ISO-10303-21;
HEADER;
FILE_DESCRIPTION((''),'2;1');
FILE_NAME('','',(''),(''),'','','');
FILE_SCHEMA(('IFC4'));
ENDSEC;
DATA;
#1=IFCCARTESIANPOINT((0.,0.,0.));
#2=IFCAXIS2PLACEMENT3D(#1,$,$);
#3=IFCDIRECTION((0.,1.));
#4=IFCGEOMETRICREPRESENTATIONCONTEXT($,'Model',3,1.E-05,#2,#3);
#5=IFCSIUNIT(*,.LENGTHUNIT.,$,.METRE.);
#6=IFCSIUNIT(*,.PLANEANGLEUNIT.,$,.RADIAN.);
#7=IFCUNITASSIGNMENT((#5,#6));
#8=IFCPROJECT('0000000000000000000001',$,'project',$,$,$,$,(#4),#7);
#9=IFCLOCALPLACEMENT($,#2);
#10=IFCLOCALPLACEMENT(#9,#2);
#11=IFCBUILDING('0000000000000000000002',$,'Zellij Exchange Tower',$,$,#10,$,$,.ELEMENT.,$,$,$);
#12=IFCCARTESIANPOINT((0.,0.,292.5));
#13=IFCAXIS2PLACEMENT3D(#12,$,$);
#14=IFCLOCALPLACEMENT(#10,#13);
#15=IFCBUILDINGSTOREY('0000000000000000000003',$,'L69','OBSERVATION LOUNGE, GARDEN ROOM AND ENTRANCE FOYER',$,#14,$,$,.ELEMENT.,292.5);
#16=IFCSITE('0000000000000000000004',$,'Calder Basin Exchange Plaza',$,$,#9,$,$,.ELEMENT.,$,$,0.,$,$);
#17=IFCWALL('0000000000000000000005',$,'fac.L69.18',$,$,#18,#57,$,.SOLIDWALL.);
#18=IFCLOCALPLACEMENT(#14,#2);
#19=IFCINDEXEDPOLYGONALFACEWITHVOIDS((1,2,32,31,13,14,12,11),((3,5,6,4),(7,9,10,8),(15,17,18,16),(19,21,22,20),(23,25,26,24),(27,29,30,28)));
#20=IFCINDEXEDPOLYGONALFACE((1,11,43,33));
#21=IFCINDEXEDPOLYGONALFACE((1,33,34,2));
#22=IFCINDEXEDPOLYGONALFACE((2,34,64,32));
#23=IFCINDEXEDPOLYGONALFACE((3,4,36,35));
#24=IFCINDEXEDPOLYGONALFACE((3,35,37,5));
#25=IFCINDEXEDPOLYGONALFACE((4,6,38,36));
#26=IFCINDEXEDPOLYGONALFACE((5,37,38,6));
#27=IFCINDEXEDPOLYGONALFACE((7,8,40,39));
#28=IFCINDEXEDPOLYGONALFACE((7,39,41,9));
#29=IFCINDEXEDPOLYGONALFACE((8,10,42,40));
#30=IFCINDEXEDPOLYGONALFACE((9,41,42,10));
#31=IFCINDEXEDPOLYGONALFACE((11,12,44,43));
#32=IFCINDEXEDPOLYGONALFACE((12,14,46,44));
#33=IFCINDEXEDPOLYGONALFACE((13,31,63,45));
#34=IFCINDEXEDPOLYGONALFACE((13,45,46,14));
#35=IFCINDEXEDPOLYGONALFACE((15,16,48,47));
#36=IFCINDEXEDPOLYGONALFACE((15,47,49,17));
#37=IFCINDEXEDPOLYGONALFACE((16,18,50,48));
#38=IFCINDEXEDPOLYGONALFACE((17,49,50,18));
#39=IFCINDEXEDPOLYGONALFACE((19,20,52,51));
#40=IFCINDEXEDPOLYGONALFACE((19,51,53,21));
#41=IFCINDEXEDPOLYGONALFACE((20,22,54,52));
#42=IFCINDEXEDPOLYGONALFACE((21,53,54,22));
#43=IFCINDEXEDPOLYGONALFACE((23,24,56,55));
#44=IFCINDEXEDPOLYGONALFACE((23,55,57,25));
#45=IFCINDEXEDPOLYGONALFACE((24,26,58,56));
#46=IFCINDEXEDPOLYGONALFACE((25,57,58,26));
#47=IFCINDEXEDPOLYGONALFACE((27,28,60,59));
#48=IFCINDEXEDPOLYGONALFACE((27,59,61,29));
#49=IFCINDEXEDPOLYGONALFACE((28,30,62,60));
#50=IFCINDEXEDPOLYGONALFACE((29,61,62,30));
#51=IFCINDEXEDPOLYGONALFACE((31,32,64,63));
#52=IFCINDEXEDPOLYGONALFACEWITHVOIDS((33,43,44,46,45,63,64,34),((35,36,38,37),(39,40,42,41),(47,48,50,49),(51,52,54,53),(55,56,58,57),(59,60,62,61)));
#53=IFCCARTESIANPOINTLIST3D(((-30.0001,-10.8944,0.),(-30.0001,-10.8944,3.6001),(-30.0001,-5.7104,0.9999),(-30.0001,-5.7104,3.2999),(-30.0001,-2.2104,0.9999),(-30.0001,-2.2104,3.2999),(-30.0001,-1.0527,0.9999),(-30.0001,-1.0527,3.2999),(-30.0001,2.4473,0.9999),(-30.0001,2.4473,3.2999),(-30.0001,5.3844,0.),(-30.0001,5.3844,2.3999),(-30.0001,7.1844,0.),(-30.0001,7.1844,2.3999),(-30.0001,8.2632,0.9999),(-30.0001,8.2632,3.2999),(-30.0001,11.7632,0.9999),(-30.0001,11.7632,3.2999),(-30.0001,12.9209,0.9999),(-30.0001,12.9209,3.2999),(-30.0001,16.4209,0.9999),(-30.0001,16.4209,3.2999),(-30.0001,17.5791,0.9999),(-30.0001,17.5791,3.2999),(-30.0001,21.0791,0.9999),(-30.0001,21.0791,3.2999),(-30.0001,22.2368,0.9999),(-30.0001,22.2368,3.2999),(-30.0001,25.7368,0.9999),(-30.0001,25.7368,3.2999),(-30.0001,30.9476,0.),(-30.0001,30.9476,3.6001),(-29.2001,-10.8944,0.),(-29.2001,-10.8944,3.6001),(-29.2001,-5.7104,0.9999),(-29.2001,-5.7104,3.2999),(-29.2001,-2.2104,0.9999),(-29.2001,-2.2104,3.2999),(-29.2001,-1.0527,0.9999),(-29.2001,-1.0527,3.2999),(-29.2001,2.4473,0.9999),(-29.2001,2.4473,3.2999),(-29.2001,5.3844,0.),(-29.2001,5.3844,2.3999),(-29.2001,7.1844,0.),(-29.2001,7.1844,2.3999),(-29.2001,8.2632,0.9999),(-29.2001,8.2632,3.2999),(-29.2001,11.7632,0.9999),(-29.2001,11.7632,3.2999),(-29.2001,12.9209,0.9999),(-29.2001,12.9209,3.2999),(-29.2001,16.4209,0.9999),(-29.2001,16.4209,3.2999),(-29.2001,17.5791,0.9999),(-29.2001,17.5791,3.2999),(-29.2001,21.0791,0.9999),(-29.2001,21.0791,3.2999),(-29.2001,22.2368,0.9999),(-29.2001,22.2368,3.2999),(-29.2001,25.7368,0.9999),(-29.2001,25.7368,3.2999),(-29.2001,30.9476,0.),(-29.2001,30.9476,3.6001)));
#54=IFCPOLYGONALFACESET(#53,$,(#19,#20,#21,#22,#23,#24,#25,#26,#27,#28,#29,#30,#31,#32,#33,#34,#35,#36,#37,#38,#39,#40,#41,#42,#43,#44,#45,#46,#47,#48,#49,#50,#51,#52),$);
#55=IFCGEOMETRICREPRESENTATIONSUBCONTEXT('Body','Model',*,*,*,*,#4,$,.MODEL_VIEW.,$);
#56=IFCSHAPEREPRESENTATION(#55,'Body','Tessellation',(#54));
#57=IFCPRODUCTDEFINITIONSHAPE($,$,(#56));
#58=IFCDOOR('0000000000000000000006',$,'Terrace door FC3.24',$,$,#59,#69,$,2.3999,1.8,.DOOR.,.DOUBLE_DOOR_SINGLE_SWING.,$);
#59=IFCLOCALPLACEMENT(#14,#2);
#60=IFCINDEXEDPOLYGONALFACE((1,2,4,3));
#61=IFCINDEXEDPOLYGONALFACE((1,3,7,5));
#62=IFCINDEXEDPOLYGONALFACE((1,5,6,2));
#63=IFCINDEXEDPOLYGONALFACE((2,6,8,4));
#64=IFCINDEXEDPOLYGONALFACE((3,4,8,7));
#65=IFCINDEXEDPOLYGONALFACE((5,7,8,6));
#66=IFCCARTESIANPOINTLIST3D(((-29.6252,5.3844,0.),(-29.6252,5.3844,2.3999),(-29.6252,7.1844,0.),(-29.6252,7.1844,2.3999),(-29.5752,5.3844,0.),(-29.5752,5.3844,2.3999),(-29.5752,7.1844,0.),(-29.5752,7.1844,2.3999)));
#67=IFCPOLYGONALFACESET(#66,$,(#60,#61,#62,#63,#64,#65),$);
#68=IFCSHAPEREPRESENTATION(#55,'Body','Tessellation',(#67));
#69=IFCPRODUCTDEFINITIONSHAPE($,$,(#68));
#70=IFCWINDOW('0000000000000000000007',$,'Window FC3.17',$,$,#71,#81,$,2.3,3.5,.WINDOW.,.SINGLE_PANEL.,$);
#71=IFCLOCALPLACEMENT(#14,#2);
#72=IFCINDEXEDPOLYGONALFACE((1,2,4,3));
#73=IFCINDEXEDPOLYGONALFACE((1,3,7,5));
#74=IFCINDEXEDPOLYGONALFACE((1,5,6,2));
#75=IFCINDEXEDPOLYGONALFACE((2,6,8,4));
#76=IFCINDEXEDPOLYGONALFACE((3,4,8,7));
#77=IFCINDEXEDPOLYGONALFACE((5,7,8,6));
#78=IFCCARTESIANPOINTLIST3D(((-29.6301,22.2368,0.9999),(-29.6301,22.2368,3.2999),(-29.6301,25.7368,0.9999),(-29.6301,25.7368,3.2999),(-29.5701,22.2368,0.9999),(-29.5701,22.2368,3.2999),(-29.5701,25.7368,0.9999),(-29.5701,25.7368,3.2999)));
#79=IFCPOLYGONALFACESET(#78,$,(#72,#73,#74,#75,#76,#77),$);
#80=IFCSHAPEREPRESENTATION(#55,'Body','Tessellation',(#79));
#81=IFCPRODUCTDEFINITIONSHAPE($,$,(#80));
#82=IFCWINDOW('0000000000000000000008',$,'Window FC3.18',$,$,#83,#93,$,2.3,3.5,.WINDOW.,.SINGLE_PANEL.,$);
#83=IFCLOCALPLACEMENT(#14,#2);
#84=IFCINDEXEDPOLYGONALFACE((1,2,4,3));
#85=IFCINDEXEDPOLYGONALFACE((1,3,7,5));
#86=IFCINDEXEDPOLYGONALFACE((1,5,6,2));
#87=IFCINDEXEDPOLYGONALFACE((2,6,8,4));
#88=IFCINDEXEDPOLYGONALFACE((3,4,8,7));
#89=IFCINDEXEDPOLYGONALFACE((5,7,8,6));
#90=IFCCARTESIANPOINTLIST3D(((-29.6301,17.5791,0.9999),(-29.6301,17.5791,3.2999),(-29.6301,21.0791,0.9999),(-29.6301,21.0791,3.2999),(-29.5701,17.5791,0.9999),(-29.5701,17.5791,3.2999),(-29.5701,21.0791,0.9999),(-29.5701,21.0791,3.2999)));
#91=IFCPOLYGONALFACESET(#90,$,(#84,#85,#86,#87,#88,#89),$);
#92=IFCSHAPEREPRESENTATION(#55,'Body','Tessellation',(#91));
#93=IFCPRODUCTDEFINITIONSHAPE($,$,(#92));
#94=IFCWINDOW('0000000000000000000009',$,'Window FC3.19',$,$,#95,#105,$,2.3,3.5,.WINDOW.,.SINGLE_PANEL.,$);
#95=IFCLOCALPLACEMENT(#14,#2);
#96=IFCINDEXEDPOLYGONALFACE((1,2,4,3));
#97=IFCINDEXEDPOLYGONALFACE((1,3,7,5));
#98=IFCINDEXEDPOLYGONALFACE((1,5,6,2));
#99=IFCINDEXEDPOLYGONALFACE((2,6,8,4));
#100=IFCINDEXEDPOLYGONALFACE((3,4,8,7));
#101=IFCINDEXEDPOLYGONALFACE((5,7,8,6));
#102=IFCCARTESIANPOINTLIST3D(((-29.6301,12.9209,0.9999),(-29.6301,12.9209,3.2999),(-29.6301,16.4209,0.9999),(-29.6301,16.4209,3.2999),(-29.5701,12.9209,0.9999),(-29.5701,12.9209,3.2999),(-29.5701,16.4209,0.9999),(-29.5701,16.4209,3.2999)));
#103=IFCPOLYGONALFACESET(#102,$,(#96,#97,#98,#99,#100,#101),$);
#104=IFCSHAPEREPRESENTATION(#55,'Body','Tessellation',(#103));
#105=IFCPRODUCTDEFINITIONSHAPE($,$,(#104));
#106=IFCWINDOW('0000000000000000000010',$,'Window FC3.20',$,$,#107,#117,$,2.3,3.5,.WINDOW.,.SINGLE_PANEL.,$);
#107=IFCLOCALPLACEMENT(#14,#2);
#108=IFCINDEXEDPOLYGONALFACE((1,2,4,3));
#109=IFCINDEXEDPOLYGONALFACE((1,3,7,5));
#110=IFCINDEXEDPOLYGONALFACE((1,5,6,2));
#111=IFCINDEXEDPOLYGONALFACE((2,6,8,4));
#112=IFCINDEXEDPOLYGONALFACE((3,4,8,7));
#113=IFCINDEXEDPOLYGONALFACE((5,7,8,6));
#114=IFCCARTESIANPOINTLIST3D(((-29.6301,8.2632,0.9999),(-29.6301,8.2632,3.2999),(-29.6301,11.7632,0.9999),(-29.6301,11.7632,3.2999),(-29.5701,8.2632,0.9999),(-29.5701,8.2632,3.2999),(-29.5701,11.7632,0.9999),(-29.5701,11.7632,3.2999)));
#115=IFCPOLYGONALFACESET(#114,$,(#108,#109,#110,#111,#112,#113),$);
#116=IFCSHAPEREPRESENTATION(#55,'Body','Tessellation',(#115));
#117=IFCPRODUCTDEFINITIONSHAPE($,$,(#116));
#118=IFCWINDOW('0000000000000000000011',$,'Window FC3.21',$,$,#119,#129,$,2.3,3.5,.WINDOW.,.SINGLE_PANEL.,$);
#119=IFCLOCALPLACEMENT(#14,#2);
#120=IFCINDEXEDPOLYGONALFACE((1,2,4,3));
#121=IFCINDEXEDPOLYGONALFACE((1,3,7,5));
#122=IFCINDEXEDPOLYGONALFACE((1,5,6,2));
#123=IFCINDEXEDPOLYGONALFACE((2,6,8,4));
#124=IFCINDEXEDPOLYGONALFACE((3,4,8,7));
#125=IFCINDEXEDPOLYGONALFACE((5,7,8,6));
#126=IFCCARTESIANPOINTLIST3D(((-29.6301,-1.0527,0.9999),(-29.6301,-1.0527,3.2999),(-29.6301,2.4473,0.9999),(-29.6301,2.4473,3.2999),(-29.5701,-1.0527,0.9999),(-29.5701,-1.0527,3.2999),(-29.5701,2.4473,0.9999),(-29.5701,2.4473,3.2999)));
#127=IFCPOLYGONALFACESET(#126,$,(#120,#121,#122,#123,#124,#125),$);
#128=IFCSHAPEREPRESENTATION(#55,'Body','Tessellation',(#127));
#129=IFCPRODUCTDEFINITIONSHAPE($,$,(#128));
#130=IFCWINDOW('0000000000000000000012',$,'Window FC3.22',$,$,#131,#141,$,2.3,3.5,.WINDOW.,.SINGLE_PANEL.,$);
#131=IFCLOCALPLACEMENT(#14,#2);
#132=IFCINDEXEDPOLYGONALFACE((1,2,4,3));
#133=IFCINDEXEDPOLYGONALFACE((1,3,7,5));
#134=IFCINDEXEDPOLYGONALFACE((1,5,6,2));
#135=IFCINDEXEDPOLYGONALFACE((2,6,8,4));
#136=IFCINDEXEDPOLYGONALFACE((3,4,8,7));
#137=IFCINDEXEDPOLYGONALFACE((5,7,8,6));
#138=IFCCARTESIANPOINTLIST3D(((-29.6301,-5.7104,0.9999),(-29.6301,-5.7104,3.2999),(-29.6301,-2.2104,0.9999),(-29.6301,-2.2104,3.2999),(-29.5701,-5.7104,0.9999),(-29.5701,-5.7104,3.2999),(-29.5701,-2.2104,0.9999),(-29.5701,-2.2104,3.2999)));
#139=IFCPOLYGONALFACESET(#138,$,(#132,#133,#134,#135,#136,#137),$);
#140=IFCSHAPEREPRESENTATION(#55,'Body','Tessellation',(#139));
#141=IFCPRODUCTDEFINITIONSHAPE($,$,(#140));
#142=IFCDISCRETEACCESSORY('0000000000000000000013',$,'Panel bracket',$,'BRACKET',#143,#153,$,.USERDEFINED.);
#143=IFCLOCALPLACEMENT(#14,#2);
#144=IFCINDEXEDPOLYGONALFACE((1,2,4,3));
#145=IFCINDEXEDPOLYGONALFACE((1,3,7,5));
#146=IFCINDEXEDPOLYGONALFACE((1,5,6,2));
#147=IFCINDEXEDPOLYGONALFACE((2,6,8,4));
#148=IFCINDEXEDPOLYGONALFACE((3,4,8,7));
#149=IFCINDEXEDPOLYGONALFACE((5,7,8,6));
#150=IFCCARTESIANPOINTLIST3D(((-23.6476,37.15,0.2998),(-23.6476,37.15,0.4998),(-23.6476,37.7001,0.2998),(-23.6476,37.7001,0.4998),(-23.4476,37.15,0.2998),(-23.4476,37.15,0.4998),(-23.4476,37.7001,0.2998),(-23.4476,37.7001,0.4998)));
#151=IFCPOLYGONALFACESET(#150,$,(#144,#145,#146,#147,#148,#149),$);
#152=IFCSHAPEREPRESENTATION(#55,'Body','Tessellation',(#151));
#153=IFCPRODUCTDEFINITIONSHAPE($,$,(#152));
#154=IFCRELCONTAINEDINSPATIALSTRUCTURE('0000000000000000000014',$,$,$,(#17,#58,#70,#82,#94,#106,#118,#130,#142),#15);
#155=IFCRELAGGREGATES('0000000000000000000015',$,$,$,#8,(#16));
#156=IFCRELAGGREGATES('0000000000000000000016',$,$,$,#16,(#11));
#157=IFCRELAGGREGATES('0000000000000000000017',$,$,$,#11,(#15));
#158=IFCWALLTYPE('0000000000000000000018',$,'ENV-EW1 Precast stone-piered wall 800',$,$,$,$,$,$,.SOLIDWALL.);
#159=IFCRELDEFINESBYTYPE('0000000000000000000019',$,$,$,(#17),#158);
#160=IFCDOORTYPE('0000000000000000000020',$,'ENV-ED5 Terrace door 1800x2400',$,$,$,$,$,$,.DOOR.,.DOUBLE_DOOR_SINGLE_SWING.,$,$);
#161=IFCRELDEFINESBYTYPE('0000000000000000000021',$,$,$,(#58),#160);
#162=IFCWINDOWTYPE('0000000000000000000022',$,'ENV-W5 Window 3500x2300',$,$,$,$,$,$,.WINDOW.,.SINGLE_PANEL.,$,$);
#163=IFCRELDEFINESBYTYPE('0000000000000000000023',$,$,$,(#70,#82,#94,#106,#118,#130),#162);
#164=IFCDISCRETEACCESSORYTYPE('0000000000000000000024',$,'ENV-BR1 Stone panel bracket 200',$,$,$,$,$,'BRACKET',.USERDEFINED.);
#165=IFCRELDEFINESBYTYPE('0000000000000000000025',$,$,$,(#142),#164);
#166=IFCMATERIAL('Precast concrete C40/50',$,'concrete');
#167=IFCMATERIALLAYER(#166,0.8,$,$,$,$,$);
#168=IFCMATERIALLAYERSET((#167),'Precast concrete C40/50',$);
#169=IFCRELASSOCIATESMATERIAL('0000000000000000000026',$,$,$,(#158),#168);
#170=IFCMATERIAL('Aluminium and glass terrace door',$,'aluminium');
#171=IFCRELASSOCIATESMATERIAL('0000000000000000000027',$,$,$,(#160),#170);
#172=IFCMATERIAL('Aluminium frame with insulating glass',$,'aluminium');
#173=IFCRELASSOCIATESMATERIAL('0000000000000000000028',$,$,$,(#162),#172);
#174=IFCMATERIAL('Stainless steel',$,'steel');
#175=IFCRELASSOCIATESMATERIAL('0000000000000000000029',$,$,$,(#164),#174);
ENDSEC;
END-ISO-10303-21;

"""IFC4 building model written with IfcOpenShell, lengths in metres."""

from ifc_helpers import new_model, si_unit, direction, frame, frame_2d, origin, origin_2d, place, context, subcontext, project, spatial, rectangle, extrude, material, layer, layer_set, type_object, element, fill, save


model = new_model("IFC4")

# Units and contexts
model_context = context("Model", 3, precision=1e-05, world=origin(), true_north=direction((0.0, 1.0)))
body_context = subcontext(model_context, "Body", "Model", "MODEL_VIEW")
ifc_project = project(units=[si_unit("LENGTHUNIT", "METRE"), si_unit("PLANEANGLEUNIT", "RADIAN")], contexts=[model_context])

# Site, building, storey
site_placement = place(None, origin())
site = spatial("IfcSite", under=ifc_project, at=site_placement, Name="Calder Basin Exchange Plaza", CompositionType="ELEMENT", RefElevation=0.0)
building_placement = place(site_placement, origin())
building = spatial("IfcBuilding", under=site, at=building_placement, Name="Zellij Exchange Tower", CompositionType="ELEMENT")
storey_placement = place(building_placement, frame((0.0, 0.0, 292.5)))
storey = spatial("IfcBuildingStorey", under=building, at=storey_placement, Name="L69", Description="OBSERVATION LOUNGE, GARDEN ROOM AND ENTRANCE FOYER", CompositionType="ELEMENT", Elevation=292.5)

# Shared definitions
ifc_material_1 = material(Name="Precast concrete C40/50", Category="concrete")
ifc_layer = layer(ifc_material_1, 0.8)
ifc_layer_set = layer_set([ifc_layer], Name="Precast concrete C40/50")
wall_type = type_object("IfcWallType", Name="ENV-EW1 Precast stone-piered wall 800", PredefinedType="SOLIDWALL", material=ifc_layer_set)

# Wall, openings, door, windows
wall_1_placement = place(storey_placement, frame((-29.6001, 30.9475, 0.0), z_axis=(0.0, 0.0, 1.0), x_axis=(0.0, -1.0, 0.0)))
wall_1 = element("IfcWall", 1, at=wall_1_placement, inside=storey, type_object=wall_type, Name="fac.L69.18", PredefinedType="SOLIDWALL", context=body_context, shape_type="SweptSolid", body=[
    extrude(rectangle(XDim=41.842, YDim=0.8, at=frame_2d((20.9209, 0.0))), origin(), (0.0, 0.0, 1.0), 3.6001),
])
opening_1_placement = place(wall_1_placement, frame((5.2107, 0.0, 1.0)))
opening_1 = element("IfcOpeningElement", 2, at=opening_1_placement, cuts=wall_1, PredefinedType="OPENING", context=body_context, shape_type="SweptSolid", body=[
    extrude(rectangle(XDim=3.5, YDim=2.3, at=frame_2d((1.75, 1.1499))), frame((0.0, 0.4121, 0.0), z_axis=(0.0, -1.0, 0.0), x_axis=(1.0, 0.0, 0.0)), (0.0, 0.0, 1.0), 0.824),
])
opening_2_placement = place(wall_1_placement, frame((9.8684, 0.0, 1.0)))
opening_2 = element("IfcOpeningElement", 3, at=opening_2_placement, cuts=wall_1, PredefinedType="OPENING", context=body_context, shape_type="SweptSolid", body=[
    extrude(rectangle(XDim=3.5, YDim=2.3, at=frame_2d((1.75, 1.1499))), frame((0.0, 0.4121, 0.0), z_axis=(0.0, -1.0, 0.0), x_axis=(1.0, 0.0, 0.0)), (0.0, 0.0, 1.0), 0.824),
])
opening_3_placement = place(wall_1_placement, frame((14.5266, 0.0, 1.0)))
opening_3 = element("IfcOpeningElement", 4, at=opening_3_placement, cuts=wall_1, PredefinedType="OPENING", context=body_context, shape_type="SweptSolid", body=[
    extrude(rectangle(XDim=3.5, YDim=2.3, at=frame_2d((1.75, 1.1499))), frame((0.0, 0.4121, 0.0), z_axis=(0.0, -1.0, 0.0), x_axis=(1.0, 0.0, 0.0)), (0.0, 0.0, 1.0), 0.824),
])
opening_4_placement = place(wall_1_placement, frame((19.1843, 0.0, 1.0)))
opening_4 = element("IfcOpeningElement", 5, at=opening_4_placement, cuts=wall_1, PredefinedType="OPENING", context=body_context, shape_type="SweptSolid", body=[
    extrude(rectangle(XDim=3.5, YDim=2.3, at=frame_2d((1.75, 1.1499))), frame((0.0, 0.4121, 0.0), z_axis=(0.0, -1.0, 0.0), x_axis=(1.0, 0.0, 0.0)), (0.0, 0.0, 1.0), 0.824),
])
opening_5_placement = place(wall_1_placement, frame((28.5002, 0.0, 1.0)))
opening_5 = element("IfcOpeningElement", 6, at=opening_5_placement, cuts=wall_1, PredefinedType="OPENING", context=body_context, shape_type="SweptSolid", body=[
    extrude(rectangle(XDim=3.5, YDim=2.3, at=frame_2d((1.75, 1.1499))), frame((0.0, 0.4121, 0.0), z_axis=(0.0, -1.0, 0.0), x_axis=(1.0, 0.0, 0.0)), (0.0, 0.0, 1.0), 0.824),
])
opening_6_placement = place(wall_1_placement, frame((33.158, 0.0, 1.0)))
opening_6 = element("IfcOpeningElement", 7, at=opening_6_placement, cuts=wall_1, PredefinedType="OPENING", context=body_context, shape_type="SweptSolid", body=[
    extrude(rectangle(XDim=3.5, YDim=2.3, at=frame_2d((1.75, 1.1499))), frame((0.0, 0.4121, 0.0), z_axis=(0.0, -1.0, 0.0), x_axis=(1.0, 0.0, 0.0)), (0.0, 0.0, 1.0), 0.824),
])
opening_7_placement = place(wall_1_placement, frame((23.7632, 0.0, 0.0)))
opening_7 = element("IfcOpeningElement", 8, at=opening_7_placement, cuts=wall_1, PredefinedType="OPENING", context=body_context, shape_type="SweptSolid", body=[
    extrude(rectangle(XDim=1.8, YDim=2.3999, at=frame_2d((0.8999, 1.2))), frame((0.0, 0.4121, 0.0), z_axis=(0.0, -1.0, 0.0), x_axis=(1.0, 0.0, 0.0)), (0.0, 0.0, 1.0), 0.824),
])
ifc_material_2 = material(Name="Aluminium and glass terrace door", Category="aluminium")
door_type = type_object("IfcDoorType", Name="ENV-ED5 Terrace door 1800x2400", OperationType="DOUBLE_DOOR_SINGLE_SWING", PredefinedType="DOOR", material=ifc_material_2)
door_placement = place(opening_7_placement, origin())
door = element("IfcDoor", 9, at=door_placement, inside=storey, type_object=door_type, Name="Terrace door FC3.24", OperationType="DOUBLE_DOOR_SINGLE_SWING", OverallHeight=2.3999, OverallWidth=1.8, PredefinedType="DOOR", context=body_context, shape_type="SweptSolid", body=[
    extrude(rectangle(XDim=1.8, YDim=2.3999, at=frame_2d((0.8999, 1.2))), frame((0.0, 0.0249, 0.0), z_axis=(0.0, -1.0, 0.0), x_axis=(1.0, 0.0, 0.0)), (0.0, 0.0, 1.0), 0.05),
])
fill(opening_7, door)
ifc_material_3 = material(Name="Aluminium frame with insulating glass", Category="aluminium")
window_type = type_object("IfcWindowType", Name="ENV-W5 Window 3500x2300", PartitioningType="SINGLE_PANEL", PredefinedType="WINDOW", material=ifc_material_3)
window_1_placement = place(opening_1_placement, origin())
window_1 = element("IfcWindow", 10, at=window_1_placement, inside=storey, type_object=window_type, Name="Window FC3.17", OverallHeight=2.3, OverallWidth=3.5, PartitioningType="SINGLE_PANEL", PredefinedType="WINDOW", context=body_context, shape_type="SweptSolid", body=[
    extrude(rectangle(XDim=3.5, YDim=2.3, at=frame_2d((1.75, 1.1499))), frame((0.0, 0.03, 0.0), z_axis=(0.0, -1.0, 0.0), x_axis=(1.0, 0.0, 0.0)), (0.0, 0.0, 1.0), 0.0601),
])
fill(opening_1, window_1)
window_2_placement = place(opening_2_placement, origin())
window_2 = element("IfcWindow", 11, at=window_2_placement, inside=storey, type_object=window_type, Name="Window FC3.18", OverallHeight=2.3, OverallWidth=3.5, PartitioningType="SINGLE_PANEL", PredefinedType="WINDOW", context=body_context, shape_type="SweptSolid", body=[
    extrude(rectangle(XDim=3.5, YDim=2.3, at=frame_2d((1.75, 1.1499))), frame((0.0, 0.03, 0.0), z_axis=(0.0, -1.0, 0.0), x_axis=(1.0, 0.0, 0.0)), (0.0, 0.0, 1.0), 0.0601),
])
fill(opening_2, window_2)
window_3_placement = place(opening_3_placement, origin())
window_3 = element("IfcWindow", 12, at=window_3_placement, inside=storey, type_object=window_type, Name="Window FC3.19", OverallHeight=2.3, OverallWidth=3.5, PartitioningType="SINGLE_PANEL", PredefinedType="WINDOW", context=body_context, shape_type="SweptSolid", body=[
    extrude(rectangle(XDim=3.5, YDim=2.3, at=frame_2d((1.75, 1.1499))), frame((0.0, 0.03, 0.0), z_axis=(0.0, -1.0, 0.0), x_axis=(1.0, 0.0, 0.0)), (0.0, 0.0, 1.0), 0.0601),
])
fill(opening_3, window_3)
window_4_placement = place(opening_4_placement, origin())
window_4 = element("IfcWindow", 13, at=window_4_placement, inside=storey, type_object=window_type, Name="Window FC3.20", OverallHeight=2.3, OverallWidth=3.5, PartitioningType="SINGLE_PANEL", PredefinedType="WINDOW", context=body_context, shape_type="SweptSolid", body=[
    extrude(rectangle(XDim=3.5, YDim=2.3, at=frame_2d((1.75, 1.1499))), frame((0.0, 0.03, 0.0), z_axis=(0.0, -1.0, 0.0), x_axis=(1.0, 0.0, 0.0)), (0.0, 0.0, 1.0), 0.0601),
])
fill(opening_4, window_4)
window_5_placement = place(opening_5_placement, origin())
window_5 = element("IfcWindow", 14, at=window_5_placement, inside=storey, type_object=window_type, Name="Window FC3.21", OverallHeight=2.3, OverallWidth=3.5, PartitioningType="SINGLE_PANEL", PredefinedType="WINDOW", context=body_context, shape_type="SweptSolid", body=[
    extrude(rectangle(XDim=3.5, YDim=2.3, at=frame_2d((1.75, 1.1499))), frame((0.0, 0.03, 0.0), z_axis=(0.0, -1.0, 0.0), x_axis=(1.0, 0.0, 0.0)), (0.0, 0.0, 1.0), 0.0601),
])
fill(opening_5, window_5)
window_6_placement = place(opening_6_placement, origin())
window_6 = element("IfcWindow", 15, at=window_6_placement, inside=storey, type_object=window_type, Name="Window FC3.22", OverallHeight=2.3, OverallWidth=3.5, PartitioningType="SINGLE_PANEL", PredefinedType="WINDOW", context=body_context, shape_type="SweptSolid", body=[
    extrude(rectangle(XDim=3.5, YDim=2.3, at=frame_2d((1.75, 1.1499))), frame((0.0, 0.03, 0.0), z_axis=(0.0, -1.0, 0.0), x_axis=(1.0, 0.0, 0.0)), (0.0, 0.0, 1.0), 0.0601),
])
fill(opening_6, window_6)

# Discrete accessory
ifc_material_4 = material(Name="Stainless steel", Category="steel")
discrete_accessory_type = type_object("IfcDiscreteAccessoryType", Name="ENV-BR1 Stone panel bracket 200", ElementType="BRACKET", PredefinedType="USERDEFINED", material=ifc_material_4)
discrete_accessory_placement = place(storey_placement, frame((-23.5476, 37.425, 0.2998), z_axis=(0.0, 0.0, 1.0), x_axis=(-1.0, 0.0, 0.0)))
element("IfcDiscreteAccessory", 16, at=discrete_accessory_placement, inside=storey, type_object=discrete_accessory_type, Name="Panel bracket", ObjectType="BRACKET", PredefinedType="USERDEFINED", context=body_context, shape_type="SweptSolid", body=[
    extrude(rectangle(XDim=0.2, YDim=0.55, at=origin_2d()), origin(), (0.0, 0.0, 1.0), 0.2),
])

save(model, "model.ifc")
